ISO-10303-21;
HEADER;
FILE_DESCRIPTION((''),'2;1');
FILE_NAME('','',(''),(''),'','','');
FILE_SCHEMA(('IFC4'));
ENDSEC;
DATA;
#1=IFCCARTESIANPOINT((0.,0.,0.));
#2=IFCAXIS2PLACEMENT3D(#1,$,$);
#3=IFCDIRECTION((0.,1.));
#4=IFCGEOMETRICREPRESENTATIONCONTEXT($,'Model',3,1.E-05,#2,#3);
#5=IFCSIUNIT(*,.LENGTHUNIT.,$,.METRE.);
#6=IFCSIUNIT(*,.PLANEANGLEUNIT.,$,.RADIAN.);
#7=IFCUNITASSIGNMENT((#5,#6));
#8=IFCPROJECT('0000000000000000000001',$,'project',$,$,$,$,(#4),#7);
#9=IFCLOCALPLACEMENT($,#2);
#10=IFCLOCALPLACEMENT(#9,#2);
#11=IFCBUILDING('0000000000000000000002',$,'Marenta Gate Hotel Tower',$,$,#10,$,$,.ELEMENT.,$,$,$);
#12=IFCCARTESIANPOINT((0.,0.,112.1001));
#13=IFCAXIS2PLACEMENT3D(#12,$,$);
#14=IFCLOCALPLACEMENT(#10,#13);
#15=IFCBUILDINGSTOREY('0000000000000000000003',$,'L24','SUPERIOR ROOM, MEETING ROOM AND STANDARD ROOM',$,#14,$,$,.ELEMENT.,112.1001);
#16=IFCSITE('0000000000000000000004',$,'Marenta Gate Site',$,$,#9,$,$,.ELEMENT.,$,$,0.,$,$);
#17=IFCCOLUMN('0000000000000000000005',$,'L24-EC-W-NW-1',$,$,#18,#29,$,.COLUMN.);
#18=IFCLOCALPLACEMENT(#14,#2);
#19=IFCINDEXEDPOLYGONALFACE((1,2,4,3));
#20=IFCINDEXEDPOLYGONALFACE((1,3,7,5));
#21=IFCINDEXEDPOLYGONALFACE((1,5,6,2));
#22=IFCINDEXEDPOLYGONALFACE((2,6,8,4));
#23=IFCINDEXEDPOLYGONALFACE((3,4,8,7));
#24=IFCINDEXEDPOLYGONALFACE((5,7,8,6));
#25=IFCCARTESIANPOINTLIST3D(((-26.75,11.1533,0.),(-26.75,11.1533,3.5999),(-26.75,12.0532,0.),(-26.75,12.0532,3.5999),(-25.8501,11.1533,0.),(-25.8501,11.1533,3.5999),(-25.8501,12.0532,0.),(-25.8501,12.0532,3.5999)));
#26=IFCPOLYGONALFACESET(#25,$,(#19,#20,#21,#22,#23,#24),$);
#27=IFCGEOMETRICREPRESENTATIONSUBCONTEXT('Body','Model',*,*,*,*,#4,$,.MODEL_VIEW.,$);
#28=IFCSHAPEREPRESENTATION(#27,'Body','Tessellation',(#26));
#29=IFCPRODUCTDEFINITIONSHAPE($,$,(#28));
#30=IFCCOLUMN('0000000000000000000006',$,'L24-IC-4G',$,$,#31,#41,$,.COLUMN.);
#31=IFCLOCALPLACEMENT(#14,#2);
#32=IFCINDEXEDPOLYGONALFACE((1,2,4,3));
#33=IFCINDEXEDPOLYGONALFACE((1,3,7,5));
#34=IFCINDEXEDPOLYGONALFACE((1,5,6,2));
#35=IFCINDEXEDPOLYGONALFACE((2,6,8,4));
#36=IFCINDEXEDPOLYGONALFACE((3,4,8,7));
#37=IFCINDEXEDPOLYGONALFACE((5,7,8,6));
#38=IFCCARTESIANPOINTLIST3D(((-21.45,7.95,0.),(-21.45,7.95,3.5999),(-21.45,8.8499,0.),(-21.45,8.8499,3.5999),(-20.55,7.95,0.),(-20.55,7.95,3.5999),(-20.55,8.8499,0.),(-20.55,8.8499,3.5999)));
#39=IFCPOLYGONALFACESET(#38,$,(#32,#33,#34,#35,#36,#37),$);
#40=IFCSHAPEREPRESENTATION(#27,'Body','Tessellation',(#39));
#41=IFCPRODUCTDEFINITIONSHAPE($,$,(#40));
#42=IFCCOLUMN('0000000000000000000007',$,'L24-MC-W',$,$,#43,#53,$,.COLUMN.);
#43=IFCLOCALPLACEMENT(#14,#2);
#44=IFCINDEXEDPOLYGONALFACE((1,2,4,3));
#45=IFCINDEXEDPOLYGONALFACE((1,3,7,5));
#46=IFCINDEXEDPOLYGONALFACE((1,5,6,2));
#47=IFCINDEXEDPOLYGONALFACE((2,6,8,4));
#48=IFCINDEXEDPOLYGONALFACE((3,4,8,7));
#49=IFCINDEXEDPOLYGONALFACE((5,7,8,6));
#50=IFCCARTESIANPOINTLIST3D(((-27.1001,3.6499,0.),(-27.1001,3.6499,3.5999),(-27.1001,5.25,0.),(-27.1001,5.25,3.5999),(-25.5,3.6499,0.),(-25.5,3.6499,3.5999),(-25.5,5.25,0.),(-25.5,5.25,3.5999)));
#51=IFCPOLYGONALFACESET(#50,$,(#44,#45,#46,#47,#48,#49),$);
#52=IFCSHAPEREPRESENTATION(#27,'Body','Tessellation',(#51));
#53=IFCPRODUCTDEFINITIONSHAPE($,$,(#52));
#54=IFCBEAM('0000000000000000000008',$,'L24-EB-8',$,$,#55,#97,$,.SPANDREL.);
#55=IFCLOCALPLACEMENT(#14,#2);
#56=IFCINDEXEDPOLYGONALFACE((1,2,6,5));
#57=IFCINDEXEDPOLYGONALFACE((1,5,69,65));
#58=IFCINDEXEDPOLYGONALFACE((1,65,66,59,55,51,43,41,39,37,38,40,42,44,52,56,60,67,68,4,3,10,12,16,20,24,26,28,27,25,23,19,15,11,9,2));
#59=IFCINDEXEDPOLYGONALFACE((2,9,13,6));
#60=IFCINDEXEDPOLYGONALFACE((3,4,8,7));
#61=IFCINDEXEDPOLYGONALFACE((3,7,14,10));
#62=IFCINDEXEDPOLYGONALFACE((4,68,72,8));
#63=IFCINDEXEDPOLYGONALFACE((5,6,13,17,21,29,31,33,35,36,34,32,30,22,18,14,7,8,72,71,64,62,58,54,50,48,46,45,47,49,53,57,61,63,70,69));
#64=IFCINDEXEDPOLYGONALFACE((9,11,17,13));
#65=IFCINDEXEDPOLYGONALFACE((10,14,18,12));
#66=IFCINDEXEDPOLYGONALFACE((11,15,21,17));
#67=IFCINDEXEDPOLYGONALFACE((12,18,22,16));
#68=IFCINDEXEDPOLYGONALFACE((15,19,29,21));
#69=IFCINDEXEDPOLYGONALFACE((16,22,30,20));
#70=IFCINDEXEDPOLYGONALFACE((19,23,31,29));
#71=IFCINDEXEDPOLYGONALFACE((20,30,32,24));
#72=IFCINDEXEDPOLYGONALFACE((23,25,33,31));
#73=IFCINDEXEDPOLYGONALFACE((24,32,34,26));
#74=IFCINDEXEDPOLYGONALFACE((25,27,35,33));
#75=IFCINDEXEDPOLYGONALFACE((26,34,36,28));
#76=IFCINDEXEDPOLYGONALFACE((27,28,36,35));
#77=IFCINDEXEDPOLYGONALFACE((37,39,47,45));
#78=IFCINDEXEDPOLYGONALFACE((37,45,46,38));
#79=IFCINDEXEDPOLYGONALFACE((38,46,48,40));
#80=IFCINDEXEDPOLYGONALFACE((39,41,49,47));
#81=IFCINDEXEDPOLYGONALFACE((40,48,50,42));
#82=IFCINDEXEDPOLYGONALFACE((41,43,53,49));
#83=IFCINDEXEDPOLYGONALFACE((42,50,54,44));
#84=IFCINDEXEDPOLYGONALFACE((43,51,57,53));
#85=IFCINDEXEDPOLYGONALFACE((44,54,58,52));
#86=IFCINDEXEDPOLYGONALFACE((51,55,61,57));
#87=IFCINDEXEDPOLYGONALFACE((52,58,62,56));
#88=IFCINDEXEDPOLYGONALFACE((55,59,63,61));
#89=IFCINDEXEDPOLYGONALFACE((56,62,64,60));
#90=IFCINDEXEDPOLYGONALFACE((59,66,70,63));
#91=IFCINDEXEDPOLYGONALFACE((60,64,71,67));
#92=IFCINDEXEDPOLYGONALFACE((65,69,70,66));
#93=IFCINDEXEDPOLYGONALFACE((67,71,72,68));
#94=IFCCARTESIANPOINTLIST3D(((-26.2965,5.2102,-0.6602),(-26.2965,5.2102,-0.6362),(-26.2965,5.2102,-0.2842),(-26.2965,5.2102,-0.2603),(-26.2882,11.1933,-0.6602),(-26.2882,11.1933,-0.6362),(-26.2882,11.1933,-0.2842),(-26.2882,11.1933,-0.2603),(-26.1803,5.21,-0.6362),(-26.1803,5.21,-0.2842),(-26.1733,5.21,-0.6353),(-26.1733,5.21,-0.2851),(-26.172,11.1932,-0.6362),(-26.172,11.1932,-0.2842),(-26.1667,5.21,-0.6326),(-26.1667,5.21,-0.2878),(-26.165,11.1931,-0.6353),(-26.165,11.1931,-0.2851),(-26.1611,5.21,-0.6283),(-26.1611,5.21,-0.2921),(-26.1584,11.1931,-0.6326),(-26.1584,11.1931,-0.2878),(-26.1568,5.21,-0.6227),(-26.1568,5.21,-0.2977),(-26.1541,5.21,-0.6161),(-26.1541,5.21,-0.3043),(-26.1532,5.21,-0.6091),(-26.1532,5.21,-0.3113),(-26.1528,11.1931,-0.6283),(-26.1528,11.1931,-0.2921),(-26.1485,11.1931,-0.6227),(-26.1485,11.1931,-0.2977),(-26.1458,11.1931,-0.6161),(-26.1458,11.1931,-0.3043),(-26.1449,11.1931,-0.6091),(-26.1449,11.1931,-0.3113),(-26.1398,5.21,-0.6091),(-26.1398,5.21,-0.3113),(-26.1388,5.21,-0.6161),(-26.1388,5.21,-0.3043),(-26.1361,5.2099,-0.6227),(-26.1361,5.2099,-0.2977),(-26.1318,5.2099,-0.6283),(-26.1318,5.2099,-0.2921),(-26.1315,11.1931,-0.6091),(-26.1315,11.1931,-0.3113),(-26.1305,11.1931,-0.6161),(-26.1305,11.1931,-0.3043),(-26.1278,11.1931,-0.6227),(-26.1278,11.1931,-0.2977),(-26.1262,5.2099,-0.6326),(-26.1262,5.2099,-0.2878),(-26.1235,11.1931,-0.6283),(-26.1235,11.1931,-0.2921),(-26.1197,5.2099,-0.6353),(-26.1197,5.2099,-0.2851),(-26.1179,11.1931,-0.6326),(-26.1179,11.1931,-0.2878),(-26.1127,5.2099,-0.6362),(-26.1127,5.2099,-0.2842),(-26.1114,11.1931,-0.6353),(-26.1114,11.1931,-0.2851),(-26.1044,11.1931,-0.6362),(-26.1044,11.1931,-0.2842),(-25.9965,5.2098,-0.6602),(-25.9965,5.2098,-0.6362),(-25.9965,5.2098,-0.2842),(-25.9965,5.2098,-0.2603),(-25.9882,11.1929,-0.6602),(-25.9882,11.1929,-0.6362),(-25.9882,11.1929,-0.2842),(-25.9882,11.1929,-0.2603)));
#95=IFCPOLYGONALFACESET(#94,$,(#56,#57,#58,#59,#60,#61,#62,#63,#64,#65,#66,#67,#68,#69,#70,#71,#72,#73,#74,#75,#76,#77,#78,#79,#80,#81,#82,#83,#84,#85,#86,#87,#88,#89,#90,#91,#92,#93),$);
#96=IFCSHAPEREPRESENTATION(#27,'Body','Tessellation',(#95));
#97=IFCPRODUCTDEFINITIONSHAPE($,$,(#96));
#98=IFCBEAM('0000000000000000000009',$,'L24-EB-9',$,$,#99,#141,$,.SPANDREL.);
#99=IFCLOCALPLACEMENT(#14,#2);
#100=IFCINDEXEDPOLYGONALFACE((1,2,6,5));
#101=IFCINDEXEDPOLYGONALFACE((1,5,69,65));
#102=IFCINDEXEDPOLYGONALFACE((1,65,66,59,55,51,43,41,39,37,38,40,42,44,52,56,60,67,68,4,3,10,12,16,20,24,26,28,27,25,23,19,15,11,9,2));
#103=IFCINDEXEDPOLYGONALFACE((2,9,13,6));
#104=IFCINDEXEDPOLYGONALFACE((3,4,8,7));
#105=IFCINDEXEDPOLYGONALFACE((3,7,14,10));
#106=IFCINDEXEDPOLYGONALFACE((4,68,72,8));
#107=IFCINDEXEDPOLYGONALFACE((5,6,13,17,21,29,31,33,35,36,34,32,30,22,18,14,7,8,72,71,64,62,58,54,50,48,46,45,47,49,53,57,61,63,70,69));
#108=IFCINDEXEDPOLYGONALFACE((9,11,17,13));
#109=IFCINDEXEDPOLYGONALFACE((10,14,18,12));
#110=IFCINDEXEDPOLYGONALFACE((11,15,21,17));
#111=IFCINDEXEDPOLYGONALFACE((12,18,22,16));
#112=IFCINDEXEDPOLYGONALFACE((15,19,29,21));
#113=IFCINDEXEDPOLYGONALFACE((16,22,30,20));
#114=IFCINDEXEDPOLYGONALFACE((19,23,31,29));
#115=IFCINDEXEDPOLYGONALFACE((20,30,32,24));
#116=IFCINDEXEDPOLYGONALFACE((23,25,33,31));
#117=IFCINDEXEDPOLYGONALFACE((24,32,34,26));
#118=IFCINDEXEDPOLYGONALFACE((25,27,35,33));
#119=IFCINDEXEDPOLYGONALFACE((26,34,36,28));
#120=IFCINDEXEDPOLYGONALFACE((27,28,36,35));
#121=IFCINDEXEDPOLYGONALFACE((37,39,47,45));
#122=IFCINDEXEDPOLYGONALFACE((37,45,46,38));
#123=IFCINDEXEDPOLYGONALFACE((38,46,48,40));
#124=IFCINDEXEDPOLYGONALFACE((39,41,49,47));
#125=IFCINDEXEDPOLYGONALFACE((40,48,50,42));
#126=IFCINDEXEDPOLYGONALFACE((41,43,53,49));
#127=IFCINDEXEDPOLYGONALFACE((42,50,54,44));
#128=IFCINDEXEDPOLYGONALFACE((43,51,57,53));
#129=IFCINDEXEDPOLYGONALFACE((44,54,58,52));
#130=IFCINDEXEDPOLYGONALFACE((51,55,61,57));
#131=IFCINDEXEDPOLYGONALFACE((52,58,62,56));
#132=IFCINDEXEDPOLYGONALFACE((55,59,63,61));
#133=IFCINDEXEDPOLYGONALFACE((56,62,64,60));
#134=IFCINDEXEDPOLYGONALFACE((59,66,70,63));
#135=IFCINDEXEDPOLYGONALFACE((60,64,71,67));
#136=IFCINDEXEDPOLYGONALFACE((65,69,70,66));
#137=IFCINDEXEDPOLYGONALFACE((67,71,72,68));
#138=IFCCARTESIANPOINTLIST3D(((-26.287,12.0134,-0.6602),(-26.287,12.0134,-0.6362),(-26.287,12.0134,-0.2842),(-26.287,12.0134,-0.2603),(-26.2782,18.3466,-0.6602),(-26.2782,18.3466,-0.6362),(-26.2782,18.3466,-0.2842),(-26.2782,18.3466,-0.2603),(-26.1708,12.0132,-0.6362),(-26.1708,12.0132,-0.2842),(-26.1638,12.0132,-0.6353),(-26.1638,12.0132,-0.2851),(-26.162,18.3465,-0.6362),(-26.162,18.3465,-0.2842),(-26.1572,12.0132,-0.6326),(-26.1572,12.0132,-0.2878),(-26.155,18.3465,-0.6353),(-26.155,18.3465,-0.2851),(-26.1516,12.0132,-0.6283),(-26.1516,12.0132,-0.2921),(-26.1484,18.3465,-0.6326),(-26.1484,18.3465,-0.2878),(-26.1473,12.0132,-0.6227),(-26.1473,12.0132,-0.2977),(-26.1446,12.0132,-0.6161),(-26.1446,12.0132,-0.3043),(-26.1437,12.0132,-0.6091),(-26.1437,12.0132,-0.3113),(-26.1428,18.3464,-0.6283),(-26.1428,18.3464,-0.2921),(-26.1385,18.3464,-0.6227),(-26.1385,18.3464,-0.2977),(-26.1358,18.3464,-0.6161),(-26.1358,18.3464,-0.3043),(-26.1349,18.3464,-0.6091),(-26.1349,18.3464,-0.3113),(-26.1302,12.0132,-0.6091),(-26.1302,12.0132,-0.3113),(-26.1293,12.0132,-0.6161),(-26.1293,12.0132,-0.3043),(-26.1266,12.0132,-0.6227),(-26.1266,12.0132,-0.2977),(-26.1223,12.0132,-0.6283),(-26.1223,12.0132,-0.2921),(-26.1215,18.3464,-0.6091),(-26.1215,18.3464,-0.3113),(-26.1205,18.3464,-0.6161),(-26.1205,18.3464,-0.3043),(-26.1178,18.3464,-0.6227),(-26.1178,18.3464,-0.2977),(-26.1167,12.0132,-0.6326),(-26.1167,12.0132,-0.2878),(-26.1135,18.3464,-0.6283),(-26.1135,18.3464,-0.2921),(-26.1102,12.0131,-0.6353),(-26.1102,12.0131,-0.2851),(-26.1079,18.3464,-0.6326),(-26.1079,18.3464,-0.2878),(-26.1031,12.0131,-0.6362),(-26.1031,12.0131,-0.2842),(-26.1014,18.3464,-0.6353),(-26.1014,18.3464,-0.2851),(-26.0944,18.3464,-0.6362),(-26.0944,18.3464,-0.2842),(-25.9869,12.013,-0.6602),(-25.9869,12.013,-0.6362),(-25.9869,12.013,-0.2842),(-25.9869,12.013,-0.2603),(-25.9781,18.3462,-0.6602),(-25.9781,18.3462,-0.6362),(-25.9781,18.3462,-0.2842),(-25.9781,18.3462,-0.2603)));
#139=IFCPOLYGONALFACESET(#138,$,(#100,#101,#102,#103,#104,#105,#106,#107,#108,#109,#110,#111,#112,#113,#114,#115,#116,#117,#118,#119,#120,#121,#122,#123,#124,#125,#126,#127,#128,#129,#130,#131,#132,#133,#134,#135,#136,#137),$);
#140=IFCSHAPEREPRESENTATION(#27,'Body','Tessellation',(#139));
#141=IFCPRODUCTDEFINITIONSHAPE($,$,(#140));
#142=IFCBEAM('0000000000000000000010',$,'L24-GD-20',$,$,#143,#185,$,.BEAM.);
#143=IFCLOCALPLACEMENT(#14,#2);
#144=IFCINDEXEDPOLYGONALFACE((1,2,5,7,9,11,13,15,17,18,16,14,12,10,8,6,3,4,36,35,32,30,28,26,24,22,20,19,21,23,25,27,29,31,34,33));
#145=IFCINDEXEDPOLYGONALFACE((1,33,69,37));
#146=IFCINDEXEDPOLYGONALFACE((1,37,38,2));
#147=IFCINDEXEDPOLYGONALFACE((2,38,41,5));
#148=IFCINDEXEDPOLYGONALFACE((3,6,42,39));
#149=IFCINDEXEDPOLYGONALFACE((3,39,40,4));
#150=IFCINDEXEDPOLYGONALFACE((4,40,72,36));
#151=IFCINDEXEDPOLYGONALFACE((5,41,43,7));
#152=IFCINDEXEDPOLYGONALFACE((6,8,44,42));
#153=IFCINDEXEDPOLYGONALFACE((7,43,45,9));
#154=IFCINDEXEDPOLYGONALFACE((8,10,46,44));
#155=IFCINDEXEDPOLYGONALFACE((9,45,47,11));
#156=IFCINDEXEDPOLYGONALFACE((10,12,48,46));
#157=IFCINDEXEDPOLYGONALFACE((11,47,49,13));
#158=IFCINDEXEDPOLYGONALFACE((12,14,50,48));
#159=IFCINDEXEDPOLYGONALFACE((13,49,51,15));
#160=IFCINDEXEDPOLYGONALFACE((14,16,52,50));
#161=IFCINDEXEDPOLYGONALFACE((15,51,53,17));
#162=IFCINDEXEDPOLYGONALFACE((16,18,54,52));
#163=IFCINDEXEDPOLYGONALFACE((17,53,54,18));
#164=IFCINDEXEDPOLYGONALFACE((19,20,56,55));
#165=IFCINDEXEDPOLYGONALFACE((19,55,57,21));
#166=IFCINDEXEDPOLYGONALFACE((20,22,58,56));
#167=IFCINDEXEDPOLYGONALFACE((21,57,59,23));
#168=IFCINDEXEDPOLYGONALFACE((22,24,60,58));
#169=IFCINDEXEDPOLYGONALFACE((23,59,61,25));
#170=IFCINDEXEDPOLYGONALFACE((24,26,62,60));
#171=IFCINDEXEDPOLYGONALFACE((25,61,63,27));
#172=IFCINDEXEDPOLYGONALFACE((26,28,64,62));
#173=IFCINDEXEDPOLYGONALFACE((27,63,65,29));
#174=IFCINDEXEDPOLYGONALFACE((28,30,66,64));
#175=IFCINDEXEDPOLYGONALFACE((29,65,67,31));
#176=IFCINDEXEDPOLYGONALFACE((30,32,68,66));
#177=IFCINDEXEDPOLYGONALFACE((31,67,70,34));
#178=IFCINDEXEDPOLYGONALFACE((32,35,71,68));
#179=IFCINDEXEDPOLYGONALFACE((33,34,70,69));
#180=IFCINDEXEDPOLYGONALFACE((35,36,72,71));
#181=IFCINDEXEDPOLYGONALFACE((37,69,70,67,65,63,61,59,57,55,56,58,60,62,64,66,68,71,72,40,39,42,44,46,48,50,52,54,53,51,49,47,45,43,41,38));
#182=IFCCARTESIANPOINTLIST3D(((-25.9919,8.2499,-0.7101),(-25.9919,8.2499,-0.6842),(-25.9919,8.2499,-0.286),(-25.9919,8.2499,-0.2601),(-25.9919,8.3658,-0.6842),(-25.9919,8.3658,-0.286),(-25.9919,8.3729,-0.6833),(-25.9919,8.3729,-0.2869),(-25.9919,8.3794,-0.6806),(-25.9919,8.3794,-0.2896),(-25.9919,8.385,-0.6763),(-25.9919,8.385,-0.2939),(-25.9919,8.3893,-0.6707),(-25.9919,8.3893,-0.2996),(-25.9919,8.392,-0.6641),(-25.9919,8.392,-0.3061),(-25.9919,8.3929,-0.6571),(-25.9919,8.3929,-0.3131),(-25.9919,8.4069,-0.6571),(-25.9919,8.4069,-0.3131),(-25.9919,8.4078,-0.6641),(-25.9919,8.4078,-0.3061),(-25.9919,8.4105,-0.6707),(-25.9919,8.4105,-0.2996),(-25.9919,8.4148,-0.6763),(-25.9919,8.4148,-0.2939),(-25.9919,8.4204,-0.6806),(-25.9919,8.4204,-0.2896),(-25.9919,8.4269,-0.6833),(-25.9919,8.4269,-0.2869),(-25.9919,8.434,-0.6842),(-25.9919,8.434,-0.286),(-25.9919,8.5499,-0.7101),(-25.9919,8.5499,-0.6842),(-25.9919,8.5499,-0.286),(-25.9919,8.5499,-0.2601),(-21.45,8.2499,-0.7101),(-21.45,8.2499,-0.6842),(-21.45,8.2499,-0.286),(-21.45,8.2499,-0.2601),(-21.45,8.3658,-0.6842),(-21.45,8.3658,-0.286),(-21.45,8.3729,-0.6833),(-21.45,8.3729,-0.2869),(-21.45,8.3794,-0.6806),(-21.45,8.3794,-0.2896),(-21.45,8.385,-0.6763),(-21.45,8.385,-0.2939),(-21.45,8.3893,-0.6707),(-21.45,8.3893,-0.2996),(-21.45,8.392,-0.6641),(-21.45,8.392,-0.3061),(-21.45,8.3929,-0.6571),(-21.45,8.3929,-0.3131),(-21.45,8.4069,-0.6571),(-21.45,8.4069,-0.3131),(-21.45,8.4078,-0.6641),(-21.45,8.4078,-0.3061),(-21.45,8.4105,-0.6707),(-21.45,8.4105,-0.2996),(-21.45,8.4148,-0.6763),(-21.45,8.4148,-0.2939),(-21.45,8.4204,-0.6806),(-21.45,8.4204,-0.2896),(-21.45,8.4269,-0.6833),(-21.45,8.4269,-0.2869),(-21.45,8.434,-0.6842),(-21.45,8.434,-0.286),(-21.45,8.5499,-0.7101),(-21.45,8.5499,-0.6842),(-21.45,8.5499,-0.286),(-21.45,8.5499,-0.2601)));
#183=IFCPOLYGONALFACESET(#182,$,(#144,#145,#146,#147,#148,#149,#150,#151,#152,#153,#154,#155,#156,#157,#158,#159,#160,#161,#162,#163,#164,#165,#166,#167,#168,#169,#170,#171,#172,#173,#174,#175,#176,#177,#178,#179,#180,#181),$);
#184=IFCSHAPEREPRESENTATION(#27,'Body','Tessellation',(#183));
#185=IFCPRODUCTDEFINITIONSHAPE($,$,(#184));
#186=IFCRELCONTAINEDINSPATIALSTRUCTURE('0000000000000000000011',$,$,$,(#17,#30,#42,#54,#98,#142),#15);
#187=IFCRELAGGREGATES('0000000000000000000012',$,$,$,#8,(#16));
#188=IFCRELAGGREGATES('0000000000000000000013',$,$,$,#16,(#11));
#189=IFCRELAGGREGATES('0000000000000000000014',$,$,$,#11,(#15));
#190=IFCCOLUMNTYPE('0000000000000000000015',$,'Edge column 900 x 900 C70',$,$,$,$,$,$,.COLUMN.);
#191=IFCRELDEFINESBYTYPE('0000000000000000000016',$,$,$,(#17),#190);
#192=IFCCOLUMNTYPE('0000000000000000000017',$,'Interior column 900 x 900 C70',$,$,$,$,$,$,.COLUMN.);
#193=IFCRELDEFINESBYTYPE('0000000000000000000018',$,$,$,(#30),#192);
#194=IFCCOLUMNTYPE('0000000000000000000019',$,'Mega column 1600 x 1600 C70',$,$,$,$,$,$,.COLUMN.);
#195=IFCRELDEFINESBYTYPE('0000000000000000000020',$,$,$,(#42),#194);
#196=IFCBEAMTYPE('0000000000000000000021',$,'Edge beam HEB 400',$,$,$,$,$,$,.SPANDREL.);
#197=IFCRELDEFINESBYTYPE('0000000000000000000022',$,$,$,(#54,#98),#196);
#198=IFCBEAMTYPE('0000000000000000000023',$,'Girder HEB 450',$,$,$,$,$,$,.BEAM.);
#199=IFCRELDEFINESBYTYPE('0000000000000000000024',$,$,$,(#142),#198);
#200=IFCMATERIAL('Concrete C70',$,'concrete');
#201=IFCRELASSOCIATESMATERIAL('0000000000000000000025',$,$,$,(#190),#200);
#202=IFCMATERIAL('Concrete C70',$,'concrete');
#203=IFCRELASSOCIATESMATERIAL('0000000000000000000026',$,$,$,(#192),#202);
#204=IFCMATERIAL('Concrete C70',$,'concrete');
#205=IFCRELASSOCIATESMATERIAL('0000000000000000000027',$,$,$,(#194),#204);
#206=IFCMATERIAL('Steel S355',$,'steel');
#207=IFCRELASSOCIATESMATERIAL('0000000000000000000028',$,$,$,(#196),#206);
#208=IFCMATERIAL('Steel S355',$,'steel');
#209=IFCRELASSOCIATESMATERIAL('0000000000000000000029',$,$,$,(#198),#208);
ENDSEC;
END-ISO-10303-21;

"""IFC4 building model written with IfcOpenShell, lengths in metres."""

from ifc_helpers import new_model, si_unit, direction, frame, origin, origin_2d, place, context, subcontext, project, spatial, rectangle, i_section, extrude, material, material_profile, profile_set, type_object, element, save


model = new_model("IFC4")

# Units and contexts
model_context = context("Model", 3, precision=1e-05, world=origin(), true_north=direction((0.0, 1.0)))
body_context = subcontext(model_context, "Body", "Model", "MODEL_VIEW")
ifc_project = project(units=[si_unit("LENGTHUNIT", "METRE"), si_unit("PLANEANGLEUNIT", "RADIAN")], contexts=[model_context])

# Site, building, storey
site_placement = place(None, origin())
site = spatial("IfcSite", under=ifc_project, at=site_placement, Name="Marenta Gate Site", CompositionType="ELEMENT", RefElevation=0.0)
building_placement = place(site_placement, origin())
building = spatial("IfcBuilding", under=site, at=building_placement, Name="Marenta Gate Hotel Tower", CompositionType="ELEMENT")
storey_placement = place(building_placement, frame((0.0, 0.0, 112.1001)))
storey = spatial("IfcBuildingStorey", under=building, at=storey_placement, Name="L24", Description="SUPERIOR ROOM, MEETING ROOM AND STANDARD ROOM", CompositionType="ELEMENT", Elevation=112.1001)

# Columns
ifc_material_1 = material(Name="Concrete C70", Category="concrete")
ifc_material_profile_1 = material_profile(ifc_material_1, rectangle(XDim=0.8999, YDim=0.8999, at=origin_2d()), Name="900 x 900")
ifc_profile_set_1 = profile_set([ifc_material_profile_1], Name="Concrete C70")
column_type_1 = type_object("IfcColumnType", Name="Edge column 900 x 900 C70", PredefinedType="COLUMN", material=ifc_profile_set_1)
column_1_placement = place(storey_placement, frame((-26.3, 11.6033, 0.0), z_axis=(0.0, 0.0, 1.0), x_axis=(1.0, 0.0, 0.0)))
element("IfcColumn", 1, at=column_1_placement, inside=storey, type_object=column_type_1, Name="L24-EC-W-NW-1", PredefinedType="COLUMN", context=body_context, shape_type="SweptSolid", body=[
    extrude(rectangle(XDim=0.8999, YDim=0.8999, at=origin_2d()), origin(), (0.0, 0.0, 1.0), 3.5999),
])
ifc_material_2 = material(Name="Concrete C70", Category="concrete")
ifc_material_profile_2 = material_profile(ifc_material_2, rectangle(XDim=0.8999, YDim=0.8999, at=origin_2d()), Name="900 x 900")
ifc_profile_set_2 = profile_set([ifc_material_profile_2], Name="Concrete C70")
column_type_2 = type_object("IfcColumnType", Name="Interior column 900 x 900 C70", PredefinedType="COLUMN", material=ifc_profile_set_2)
column_2_placement = place(storey_placement, frame((-21.0, 8.3999, 0.0), z_axis=(0.0, 0.0, 1.0), x_axis=(1.0, 0.0, 0.0)))
element("IfcColumn", 2, at=column_2_placement, inside=storey, type_object=column_type_2, Name="L24-IC-4G", PredefinedType="COLUMN", context=body_context, shape_type="SweptSolid", body=[
    extrude(rectangle(XDim=0.8999, YDim=0.8999, at=origin_2d()), origin(), (0.0, 0.0, 1.0), 3.5999),
])
ifc_material_3 = material(Name="Concrete C70", Category="concrete")
ifc_material_profile_3 = material_profile(ifc_material_3, rectangle(XDim=1.6001, YDim=1.6001, at=origin_2d()), Name="1600 x 1600")
ifc_profile_set_3 = profile_set([ifc_material_profile_3], Name="Concrete C70")
column_type_3 = type_object("IfcColumnType", Name="Mega column 1600 x 1600 C70", PredefinedType="COLUMN", material=ifc_profile_set_3)
column_3_placement = place(storey_placement, frame((-26.3, 4.45, 0.0), z_axis=(0.0, 0.0, 1.0), x_axis=(1.0, 0.0, 0.0)))
element("IfcColumn", 3, at=column_3_placement, inside=storey, type_object=column_type_3, Name="L24-MC-W", PredefinedType="COLUMN", context=body_context, shape_type="SweptSolid", body=[
    extrude(rectangle(XDim=1.6001, YDim=1.6001, at=origin_2d()), origin(), (0.0, 0.0, 1.0), 3.5999),
])

# Beams
ifc_material_4 = material(Name="Steel S355", Category="steel")
ifc_material_profile_4 = material_profile(ifc_material_4, i_section(OverallWidth=0.3, OverallDepth=0.3999, WebThickness=0.0134, FlangeThickness=0.0239, FilletRadius=0.0271, at=origin_2d()), Name="HEB 400")
ifc_profile_set_4 = profile_set([ifc_material_profile_4], Name="Steel S355")
beam_type_1 = type_object("IfcBeamType", Name="Edge beam HEB 400", PredefinedType="SPANDREL", material=ifc_profile_set_4)
beam_1_placement = place(storey_placement, frame((-26.1465, 5.21, -0.4602), z_axis=(0.001387, 0.999999, 0.0), x_axis=(-0.999999, 0.001387, 0.0)))
element("IfcBeam", 4, at=beam_1_placement, inside=storey, type_object=beam_type_1, Name="L24-EB-8", PredefinedType="SPANDREL", context=body_context, shape_type="SweptSolid", body=[
    extrude(i_section(OverallWidth=0.3, OverallDepth=0.3999, WebThickness=0.0134, FlangeThickness=0.0239, FilletRadius=0.0271, at=origin_2d()), origin(), (0.0, 0.0, 1.0), 5.9832),
])
beam_2_placement = place(storey_placement, frame((-26.137, 12.0132, -0.4602), z_axis=(0.001388, 0.999999, 0.0), x_axis=(-0.999999, 0.001388, 0.0)))
element("IfcBeam", 5, at=beam_2_placement, inside=storey, type_object=beam_type_1, Name="L24-EB-9", PredefinedType="SPANDREL", context=body_context, shape_type="SweptSolid", body=[
    extrude(i_section(OverallWidth=0.3, OverallDepth=0.3999, WebThickness=0.0134, FlangeThickness=0.0239, FilletRadius=0.0271, at=origin_2d()), origin(), (0.0, 0.0, 1.0), 6.3333),
])
ifc_material_5 = material(Name="Steel S355", Category="steel")
ifc_material_profile_5 = material_profile(ifc_material_5, i_section(OverallWidth=0.3, OverallDepth=0.45, WebThickness=0.0139, FlangeThickness=0.0259, FilletRadius=0.0271, at=origin_2d()), Name="HEB 450")
ifc_profile_set_5 = profile_set([ifc_material_profile_5], Name="Steel S355")
beam_type_2 = type_object("IfcBeamType", Name="Girder HEB 450", PredefinedType="BEAM", material=ifc_profile_set_5)
beam_3_placement = place(storey_placement, frame((-25.9919, 8.3999, -0.4851), z_axis=(1.0, 0.0, 0.0), x_axis=(0.0, 1.0, 0.0)))
element("IfcBeam", 6, at=beam_3_placement, inside=storey, type_object=beam_type_2, Name="L24-GD-20", PredefinedType="BEAM", context=body_context, shape_type="SweptSolid", body=[
    extrude(i_section(OverallWidth=0.3, OverallDepth=0.45, WebThickness=0.0139, FlangeThickness=0.0259, FilletRadius=0.0271, at=origin_2d()), origin(), (0.0, 0.0, 1.0), 4.542),
])

save(model, "model.ifc")
